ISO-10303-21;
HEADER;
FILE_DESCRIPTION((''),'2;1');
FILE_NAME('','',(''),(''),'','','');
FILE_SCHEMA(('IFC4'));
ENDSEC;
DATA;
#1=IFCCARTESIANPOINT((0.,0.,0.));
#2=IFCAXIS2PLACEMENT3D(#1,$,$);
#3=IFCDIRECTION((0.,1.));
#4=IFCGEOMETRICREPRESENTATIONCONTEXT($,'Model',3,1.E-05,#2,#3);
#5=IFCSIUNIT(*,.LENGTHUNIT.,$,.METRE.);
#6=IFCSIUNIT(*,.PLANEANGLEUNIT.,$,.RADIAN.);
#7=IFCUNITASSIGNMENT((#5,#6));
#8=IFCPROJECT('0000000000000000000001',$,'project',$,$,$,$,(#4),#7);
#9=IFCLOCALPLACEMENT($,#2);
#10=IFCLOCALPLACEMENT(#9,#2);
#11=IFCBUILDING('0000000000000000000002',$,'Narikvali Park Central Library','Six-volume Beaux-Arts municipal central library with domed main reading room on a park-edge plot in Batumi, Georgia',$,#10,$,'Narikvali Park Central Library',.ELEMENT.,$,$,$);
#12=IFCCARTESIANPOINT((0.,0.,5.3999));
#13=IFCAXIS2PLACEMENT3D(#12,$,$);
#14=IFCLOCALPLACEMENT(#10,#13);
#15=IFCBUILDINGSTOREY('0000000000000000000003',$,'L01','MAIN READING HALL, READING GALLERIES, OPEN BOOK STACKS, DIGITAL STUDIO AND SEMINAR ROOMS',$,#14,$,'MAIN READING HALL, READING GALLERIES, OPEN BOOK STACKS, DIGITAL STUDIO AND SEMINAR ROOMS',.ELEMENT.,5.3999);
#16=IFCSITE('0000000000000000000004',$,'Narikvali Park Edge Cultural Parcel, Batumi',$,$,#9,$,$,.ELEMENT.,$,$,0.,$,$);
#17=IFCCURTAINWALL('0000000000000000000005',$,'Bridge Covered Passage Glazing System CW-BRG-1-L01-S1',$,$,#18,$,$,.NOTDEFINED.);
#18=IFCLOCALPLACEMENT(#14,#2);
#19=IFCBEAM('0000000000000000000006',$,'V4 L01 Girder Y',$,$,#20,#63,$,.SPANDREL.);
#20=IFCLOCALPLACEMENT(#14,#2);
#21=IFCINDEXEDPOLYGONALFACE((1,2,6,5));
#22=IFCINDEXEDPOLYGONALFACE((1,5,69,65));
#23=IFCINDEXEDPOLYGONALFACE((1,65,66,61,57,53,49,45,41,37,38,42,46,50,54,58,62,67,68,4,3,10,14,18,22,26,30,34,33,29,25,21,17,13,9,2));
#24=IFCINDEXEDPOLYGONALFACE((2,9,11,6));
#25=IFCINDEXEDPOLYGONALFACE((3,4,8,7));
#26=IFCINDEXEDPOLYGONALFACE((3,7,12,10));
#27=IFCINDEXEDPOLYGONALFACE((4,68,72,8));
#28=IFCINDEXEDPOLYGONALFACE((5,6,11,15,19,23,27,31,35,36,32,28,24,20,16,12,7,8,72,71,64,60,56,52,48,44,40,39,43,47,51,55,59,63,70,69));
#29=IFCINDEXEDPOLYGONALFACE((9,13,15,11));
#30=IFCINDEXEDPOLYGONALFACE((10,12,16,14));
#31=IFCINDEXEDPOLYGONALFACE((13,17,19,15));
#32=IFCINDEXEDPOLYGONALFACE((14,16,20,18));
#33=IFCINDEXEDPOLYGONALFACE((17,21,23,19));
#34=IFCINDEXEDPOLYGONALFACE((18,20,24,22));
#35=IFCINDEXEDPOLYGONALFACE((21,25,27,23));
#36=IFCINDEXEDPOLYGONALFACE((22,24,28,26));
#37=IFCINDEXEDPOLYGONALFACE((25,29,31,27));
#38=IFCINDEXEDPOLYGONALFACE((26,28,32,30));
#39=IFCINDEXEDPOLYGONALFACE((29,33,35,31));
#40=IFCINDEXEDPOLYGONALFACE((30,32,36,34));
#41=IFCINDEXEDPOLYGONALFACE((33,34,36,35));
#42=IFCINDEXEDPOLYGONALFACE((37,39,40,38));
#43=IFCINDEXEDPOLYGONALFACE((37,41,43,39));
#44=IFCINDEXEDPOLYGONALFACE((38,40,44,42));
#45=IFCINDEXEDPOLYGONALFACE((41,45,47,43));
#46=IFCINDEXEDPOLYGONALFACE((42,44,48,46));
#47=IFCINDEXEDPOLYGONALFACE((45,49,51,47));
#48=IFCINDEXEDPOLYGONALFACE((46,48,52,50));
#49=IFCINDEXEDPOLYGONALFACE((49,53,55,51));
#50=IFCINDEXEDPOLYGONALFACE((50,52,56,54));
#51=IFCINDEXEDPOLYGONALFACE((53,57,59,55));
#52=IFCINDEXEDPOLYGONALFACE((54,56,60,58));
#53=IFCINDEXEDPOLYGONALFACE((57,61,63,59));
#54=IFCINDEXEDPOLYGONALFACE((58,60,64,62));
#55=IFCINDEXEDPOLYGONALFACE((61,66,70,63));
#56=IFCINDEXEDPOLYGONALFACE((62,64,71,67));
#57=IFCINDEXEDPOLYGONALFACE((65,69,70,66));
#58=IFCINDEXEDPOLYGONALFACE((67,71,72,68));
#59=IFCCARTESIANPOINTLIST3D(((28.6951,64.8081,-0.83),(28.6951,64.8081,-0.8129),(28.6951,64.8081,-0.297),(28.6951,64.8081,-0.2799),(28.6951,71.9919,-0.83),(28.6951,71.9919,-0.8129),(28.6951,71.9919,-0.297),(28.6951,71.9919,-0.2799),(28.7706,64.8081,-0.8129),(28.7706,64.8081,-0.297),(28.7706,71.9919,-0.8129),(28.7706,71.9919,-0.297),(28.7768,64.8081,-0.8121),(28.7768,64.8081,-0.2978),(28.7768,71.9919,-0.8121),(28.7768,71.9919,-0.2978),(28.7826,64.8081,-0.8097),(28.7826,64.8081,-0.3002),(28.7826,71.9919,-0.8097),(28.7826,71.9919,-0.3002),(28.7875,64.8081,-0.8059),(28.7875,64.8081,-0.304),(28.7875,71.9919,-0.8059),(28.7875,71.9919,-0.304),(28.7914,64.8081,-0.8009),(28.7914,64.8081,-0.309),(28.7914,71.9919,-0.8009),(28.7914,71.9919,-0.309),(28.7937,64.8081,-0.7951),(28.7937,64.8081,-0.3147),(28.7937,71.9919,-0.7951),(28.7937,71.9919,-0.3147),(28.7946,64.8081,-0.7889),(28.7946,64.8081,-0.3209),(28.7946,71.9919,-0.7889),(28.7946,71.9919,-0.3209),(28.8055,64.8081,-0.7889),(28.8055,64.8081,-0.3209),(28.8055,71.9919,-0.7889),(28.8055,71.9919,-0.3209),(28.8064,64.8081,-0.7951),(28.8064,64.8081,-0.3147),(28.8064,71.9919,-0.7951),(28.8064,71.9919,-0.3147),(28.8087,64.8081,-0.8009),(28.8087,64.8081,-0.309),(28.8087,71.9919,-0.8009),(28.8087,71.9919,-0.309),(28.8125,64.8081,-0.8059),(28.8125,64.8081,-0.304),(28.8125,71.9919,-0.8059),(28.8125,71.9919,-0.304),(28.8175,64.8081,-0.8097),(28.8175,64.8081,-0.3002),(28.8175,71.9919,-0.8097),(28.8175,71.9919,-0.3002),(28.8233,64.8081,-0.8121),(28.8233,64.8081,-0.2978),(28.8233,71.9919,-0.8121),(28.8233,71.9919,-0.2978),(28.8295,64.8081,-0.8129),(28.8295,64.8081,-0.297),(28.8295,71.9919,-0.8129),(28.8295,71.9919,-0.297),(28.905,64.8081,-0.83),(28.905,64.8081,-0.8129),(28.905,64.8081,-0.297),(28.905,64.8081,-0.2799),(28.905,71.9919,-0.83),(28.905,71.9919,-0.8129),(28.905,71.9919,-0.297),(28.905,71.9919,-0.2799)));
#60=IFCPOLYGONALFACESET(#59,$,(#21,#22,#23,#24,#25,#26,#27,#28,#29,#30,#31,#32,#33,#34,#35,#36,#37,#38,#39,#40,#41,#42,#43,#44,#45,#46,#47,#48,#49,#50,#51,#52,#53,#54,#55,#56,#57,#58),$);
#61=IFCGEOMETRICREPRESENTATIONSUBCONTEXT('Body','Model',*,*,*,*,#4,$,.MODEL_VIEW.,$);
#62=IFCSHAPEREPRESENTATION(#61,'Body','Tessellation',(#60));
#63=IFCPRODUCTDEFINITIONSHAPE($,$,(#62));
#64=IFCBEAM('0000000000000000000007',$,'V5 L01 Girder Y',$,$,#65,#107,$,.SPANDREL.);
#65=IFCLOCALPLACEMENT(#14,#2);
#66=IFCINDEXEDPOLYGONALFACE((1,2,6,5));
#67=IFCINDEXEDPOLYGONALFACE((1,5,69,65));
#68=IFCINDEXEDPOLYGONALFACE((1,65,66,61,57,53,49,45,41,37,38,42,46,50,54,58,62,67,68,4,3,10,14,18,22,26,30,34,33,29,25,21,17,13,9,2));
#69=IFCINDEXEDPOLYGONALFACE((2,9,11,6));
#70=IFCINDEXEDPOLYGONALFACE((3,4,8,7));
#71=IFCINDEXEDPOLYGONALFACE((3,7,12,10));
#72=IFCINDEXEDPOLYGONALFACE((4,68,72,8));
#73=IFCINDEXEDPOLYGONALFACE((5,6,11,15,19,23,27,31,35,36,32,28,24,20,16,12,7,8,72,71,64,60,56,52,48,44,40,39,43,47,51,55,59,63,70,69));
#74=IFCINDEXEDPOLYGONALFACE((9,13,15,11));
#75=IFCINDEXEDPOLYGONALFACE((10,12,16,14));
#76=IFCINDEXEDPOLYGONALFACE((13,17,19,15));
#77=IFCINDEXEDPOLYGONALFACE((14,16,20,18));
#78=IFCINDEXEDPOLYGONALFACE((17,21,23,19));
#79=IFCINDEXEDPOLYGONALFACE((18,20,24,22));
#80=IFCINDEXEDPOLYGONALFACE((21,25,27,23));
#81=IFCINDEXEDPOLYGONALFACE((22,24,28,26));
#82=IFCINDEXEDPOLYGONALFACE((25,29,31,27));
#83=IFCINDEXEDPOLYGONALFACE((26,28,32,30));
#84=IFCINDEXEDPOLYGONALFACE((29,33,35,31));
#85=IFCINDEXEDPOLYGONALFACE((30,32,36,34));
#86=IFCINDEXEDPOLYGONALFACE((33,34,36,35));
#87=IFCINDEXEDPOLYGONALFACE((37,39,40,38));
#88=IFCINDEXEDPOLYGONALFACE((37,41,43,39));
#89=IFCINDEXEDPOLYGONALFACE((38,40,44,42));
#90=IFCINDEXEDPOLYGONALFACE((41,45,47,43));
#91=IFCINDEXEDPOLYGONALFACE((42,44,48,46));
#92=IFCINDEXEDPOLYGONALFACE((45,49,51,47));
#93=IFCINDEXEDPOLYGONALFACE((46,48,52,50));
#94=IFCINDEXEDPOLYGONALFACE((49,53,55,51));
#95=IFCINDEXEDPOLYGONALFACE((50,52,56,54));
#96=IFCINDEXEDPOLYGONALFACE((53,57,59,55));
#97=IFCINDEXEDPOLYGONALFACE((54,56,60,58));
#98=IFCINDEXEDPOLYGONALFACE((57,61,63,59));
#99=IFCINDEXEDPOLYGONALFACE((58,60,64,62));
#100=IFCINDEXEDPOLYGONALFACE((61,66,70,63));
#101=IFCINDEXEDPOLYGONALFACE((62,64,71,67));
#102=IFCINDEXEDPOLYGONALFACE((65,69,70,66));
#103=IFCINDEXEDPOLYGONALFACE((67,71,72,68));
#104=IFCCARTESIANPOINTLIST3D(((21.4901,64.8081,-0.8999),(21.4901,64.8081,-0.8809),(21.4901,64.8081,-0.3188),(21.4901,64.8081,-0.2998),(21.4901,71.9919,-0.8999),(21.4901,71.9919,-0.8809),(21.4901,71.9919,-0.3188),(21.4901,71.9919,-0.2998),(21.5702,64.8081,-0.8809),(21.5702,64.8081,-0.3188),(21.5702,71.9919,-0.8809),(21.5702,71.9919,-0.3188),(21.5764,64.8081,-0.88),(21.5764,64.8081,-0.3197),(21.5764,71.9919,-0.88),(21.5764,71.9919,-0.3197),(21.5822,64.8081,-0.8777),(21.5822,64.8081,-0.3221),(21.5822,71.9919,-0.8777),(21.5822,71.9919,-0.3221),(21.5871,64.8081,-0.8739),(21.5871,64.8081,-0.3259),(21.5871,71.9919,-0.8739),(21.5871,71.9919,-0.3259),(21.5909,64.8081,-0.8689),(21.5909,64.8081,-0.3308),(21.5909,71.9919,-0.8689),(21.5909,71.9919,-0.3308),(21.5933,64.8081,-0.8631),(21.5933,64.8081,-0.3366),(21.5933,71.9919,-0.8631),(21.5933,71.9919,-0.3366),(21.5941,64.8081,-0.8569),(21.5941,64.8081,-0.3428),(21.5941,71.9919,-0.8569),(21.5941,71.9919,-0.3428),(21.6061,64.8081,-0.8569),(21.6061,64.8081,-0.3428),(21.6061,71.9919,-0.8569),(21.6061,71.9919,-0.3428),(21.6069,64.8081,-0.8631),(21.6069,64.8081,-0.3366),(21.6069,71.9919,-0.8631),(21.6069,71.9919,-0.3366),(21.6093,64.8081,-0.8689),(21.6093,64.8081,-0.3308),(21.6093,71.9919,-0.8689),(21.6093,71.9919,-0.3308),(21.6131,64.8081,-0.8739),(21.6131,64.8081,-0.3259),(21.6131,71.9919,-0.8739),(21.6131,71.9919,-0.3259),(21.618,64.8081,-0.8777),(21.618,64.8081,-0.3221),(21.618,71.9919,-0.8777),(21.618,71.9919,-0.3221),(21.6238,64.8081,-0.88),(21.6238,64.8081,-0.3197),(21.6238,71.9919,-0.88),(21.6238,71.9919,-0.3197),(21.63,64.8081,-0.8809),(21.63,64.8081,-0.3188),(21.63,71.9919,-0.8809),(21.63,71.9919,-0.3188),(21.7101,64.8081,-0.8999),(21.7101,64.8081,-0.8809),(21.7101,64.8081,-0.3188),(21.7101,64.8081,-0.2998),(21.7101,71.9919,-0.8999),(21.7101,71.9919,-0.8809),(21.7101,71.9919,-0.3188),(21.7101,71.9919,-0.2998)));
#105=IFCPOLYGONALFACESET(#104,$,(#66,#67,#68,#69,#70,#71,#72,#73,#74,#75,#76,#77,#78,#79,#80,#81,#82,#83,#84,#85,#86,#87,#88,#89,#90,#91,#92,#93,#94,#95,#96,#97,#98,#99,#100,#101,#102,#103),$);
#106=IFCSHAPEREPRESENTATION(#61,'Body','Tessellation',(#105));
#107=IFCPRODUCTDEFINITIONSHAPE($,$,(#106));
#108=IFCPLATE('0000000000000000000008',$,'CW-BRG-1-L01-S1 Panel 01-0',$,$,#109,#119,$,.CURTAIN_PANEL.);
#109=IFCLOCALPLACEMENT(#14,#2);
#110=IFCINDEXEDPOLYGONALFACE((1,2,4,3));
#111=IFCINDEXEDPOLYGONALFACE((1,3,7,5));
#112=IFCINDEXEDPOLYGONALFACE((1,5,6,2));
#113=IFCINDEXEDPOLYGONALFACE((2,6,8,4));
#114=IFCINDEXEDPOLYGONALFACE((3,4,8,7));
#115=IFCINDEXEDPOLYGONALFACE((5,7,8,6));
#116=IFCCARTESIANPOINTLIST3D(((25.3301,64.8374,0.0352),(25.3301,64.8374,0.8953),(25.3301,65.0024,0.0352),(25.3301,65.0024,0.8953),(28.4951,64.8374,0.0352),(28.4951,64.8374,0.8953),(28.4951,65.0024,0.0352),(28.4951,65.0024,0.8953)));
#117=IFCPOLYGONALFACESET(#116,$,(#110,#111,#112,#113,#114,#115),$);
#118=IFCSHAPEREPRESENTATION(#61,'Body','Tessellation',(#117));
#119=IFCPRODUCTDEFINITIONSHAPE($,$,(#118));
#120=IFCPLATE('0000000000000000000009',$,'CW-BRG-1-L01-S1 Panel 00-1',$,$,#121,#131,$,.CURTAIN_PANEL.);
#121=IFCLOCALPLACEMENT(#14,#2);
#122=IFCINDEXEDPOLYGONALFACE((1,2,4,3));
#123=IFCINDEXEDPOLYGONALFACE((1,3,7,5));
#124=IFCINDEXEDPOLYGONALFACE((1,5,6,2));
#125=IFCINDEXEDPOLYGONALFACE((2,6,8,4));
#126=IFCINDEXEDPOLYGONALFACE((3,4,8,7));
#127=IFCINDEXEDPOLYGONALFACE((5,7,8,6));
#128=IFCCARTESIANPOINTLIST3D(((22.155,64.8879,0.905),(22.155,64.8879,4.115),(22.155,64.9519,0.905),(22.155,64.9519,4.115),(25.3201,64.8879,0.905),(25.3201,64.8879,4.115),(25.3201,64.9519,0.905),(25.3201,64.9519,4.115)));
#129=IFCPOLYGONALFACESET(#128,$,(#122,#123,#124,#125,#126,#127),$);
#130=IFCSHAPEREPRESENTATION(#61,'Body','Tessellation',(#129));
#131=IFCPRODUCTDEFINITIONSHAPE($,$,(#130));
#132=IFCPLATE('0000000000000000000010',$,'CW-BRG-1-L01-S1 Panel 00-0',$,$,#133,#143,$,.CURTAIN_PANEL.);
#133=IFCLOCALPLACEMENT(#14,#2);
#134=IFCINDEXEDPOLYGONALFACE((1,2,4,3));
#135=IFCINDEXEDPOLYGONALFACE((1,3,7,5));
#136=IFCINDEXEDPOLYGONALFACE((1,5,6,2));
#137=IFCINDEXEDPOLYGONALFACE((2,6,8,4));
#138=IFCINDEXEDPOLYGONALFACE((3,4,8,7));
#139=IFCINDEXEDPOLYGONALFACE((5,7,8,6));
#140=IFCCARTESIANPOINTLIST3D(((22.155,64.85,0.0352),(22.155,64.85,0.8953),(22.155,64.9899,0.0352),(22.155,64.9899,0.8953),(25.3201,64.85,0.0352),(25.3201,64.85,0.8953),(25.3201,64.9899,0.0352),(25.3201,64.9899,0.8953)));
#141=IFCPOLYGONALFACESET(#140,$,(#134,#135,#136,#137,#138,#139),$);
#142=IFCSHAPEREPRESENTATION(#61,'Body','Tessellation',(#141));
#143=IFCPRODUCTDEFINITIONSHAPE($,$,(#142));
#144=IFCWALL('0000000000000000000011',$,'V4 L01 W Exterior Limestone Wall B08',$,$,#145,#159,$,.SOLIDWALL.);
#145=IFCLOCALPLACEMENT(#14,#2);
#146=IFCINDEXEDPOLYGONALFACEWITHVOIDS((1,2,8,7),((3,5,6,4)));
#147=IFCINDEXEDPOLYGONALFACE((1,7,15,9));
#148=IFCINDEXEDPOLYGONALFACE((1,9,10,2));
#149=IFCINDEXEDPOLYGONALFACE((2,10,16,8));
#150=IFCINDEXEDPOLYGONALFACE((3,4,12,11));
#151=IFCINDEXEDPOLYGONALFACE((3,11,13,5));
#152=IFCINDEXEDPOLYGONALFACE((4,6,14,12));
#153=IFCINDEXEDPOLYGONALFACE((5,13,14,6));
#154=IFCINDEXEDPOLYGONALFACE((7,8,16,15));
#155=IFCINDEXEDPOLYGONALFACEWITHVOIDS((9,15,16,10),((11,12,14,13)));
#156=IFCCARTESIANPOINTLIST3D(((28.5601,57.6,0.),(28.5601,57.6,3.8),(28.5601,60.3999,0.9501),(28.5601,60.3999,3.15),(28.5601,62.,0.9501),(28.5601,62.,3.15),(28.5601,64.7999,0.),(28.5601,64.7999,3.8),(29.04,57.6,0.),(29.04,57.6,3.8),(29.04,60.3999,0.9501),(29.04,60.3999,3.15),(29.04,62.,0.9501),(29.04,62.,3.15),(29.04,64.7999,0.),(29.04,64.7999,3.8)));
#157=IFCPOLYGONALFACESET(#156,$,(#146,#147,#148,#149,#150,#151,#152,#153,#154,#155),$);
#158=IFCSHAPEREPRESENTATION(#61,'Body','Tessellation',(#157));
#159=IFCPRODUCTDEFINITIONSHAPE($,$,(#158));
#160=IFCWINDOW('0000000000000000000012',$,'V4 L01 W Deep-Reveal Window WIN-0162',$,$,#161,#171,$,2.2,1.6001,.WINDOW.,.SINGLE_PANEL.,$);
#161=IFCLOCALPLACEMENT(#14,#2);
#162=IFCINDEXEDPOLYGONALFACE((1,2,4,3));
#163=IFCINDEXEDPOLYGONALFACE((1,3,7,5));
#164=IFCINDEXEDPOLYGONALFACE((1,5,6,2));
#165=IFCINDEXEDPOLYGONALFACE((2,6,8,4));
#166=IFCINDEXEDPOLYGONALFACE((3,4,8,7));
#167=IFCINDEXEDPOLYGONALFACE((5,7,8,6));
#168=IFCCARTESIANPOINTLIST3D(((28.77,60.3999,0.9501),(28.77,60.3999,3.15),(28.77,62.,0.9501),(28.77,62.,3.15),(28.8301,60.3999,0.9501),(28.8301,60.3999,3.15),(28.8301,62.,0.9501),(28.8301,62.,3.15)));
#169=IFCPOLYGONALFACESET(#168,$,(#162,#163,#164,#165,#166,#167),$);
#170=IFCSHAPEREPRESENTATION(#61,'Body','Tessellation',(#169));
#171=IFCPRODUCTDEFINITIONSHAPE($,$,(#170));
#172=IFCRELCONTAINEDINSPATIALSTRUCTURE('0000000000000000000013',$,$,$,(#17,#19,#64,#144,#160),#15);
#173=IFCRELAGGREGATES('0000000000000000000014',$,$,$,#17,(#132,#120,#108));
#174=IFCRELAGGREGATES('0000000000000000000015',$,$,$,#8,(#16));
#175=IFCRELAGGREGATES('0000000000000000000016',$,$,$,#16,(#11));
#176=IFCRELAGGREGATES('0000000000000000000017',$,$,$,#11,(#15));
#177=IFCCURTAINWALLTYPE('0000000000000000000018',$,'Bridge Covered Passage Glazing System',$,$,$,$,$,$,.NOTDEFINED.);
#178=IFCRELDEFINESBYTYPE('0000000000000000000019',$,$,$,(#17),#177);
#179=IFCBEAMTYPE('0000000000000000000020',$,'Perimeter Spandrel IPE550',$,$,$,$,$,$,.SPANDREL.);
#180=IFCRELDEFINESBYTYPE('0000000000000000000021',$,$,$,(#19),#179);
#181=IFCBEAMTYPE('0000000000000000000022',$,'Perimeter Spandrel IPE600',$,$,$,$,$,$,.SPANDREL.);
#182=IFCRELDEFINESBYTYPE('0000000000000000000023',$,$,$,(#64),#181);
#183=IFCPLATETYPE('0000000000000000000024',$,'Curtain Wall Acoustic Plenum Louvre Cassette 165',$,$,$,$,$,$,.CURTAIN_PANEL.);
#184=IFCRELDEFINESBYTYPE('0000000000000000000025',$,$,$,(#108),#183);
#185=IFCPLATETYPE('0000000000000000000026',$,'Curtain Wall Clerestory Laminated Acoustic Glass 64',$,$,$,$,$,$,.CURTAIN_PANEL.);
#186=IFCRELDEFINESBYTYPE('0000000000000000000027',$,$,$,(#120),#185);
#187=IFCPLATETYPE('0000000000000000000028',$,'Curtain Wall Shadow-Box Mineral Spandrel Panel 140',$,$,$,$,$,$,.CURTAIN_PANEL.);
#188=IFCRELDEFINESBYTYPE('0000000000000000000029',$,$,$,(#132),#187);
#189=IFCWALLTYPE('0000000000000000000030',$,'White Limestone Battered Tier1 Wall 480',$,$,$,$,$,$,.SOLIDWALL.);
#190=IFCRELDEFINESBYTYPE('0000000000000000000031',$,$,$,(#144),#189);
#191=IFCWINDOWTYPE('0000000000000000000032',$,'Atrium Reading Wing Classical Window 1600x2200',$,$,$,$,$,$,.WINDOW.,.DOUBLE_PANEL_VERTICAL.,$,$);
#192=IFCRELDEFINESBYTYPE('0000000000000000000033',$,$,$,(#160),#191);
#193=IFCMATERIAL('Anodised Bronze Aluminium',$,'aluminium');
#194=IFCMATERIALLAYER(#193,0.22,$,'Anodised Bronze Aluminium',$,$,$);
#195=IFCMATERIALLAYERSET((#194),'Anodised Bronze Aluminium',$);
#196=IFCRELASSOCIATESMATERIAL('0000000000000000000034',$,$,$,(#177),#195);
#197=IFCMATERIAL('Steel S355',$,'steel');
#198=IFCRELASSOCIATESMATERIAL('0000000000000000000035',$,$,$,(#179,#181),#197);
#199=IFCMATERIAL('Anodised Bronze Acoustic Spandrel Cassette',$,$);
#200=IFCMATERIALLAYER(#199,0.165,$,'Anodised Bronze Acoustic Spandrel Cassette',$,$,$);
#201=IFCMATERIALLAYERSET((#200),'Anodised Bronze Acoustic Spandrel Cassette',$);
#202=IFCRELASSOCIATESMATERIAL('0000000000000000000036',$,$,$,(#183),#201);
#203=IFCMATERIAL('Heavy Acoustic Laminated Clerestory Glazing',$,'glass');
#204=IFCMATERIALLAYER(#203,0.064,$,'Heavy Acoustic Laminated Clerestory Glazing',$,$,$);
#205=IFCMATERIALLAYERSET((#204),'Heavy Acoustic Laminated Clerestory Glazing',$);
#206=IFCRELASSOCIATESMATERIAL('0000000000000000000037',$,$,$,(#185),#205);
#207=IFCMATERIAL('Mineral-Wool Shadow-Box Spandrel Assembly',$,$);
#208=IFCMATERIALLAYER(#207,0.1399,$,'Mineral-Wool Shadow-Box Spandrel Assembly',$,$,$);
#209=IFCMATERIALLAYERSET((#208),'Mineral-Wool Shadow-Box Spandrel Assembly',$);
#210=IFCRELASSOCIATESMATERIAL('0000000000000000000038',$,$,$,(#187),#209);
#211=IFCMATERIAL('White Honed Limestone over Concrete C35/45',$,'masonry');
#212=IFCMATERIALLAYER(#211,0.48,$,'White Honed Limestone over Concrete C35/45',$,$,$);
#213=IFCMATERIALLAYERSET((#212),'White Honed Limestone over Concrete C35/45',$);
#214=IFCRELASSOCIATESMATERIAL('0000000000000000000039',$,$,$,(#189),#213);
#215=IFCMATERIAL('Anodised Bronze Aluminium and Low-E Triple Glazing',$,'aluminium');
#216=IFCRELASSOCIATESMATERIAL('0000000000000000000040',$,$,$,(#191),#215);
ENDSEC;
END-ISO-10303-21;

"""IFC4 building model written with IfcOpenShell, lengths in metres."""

from ifc_helpers import new_model, si_unit, direction, frame, frame_2d, origin, origin_2d, place, context, subcontext, project, spatial, rectangle, i_section, extrude, material, layer, layer_set, material_profile, profile_set, type_object, element, fill, aggregate, save


model = new_model("IFC4")

# Units and contexts
model_context = context("Model", 3, precision=1e-05, world=origin(), true_north=direction((0.0, 1.0)))
body_context = subcontext(model_context, "Body", "Model", "MODEL_VIEW")
ifc_project = project(units=[si_unit("LENGTHUNIT", "METRE"), si_unit("PLANEANGLEUNIT", "RADIAN")], contexts=[model_context])

# Site, building, storey
site_placement = place(None, origin())
site = spatial("IfcSite", under=ifc_project, at=site_placement, Name="Narikvali Park Edge Cultural Parcel, Batumi", CompositionType="ELEMENT", RefElevation=0.0)
building_placement = place(site_placement, origin())
building = spatial("IfcBuilding", under=site, at=building_placement, Name="Narikvali Park Central Library", Description="Six-volume Beaux-Arts municipal central library with domed main reading room on a park-edge plot in Batumi, Georgia", LongName="Narikvali Park Central Library", CompositionType="ELEMENT")
storey_placement = place(building_placement, frame((0.0, 0.0, 5.3999)))
storey = spatial("IfcBuildingStorey", under=building, at=storey_placement, Name="L01", Description="MAIN READING HALL, READING GALLERIES, OPEN BOOK STACKS, DIGITAL STUDIO AND SEMINAR ROOMS", LongName="MAIN READING HALL, READING GALLERIES, OPEN BOOK STACKS, DIGITAL STUDIO AND SEMINAR ROOMS", CompositionType="ELEMENT", Elevation=5.3999)

# Shared definitions
ifc_material_1 = material(Name="Steel S355", Category="steel")

# Curtain wall
ifc_material_2 = material(Name="Anodised Bronze Aluminium", Category="aluminium")
ifc_layer_1 = layer(ifc_material_2, 0.22, Name="Anodised Bronze Aluminium")
ifc_layer_set_1 = layer_set([ifc_layer_1], Name="Anodised Bronze Aluminium")
curtain_wall_type = type_object("IfcCurtainWallType", Name="Bridge Covered Passage Glazing System", PredefinedType="NOTDEFINED", material=ifc_layer_set_1)
curtain_wall_placement = place(storey_placement, origin())
curtain_wall = element("IfcCurtainWall", 1, at=curtain_wall_placement, inside=storey, type_object=curtain_wall_type, Name="Bridge Covered Passage Glazing System CW-BRG-1-L01-S1", PredefinedType="NOTDEFINED")

# Beams
ifc_material_profile_1 = material_profile(ifc_material_1, i_section(OverallWidth=0.21, OverallDepth=0.55, WebThickness=0.011, FlangeThickness=0.0171, FilletRadius=0.0239, at=origin_2d()), Name="IPE 550")
ifc_profile_set_1 = profile_set([ifc_material_profile_1], Name="Steel S355")
beam_type_1 = type_object("IfcBeamType", Name="Perimeter Spandrel IPE550", PredefinedType="SPANDREL", material=ifc_profile_set_1)
beam_1_placement = place(storey_placement, frame((28.8, 64.8081, -0.5549), z_axis=(0.0, 1.0, 0.0), x_axis=(-1.0, 0.0, 0.0)))
element("IfcBeam", 2, at=beam_1_placement, inside=storey, type_object=beam_type_1, Name="V4 L01 Girder Y", PredefinedType="SPANDREL", context=body_context, shape_type="SweptSolid", body=[
    extrude(i_section(OverallWidth=0.21, OverallDepth=0.55, WebThickness=0.011, FlangeThickness=0.0171, FilletRadius=0.0239, at=origin_2d()), origin(), (0.0, 0.0, 1.0), 7.1838),
])
ifc_material_profile_2 = material_profile(ifc_material_1, i_section(OverallWidth=0.22, OverallDepth=0.6001, WebThickness=0.012, FlangeThickness=0.019, FilletRadius=0.0239, at=origin_2d()), Name="IPE 600")
ifc_profile_set_2 = profile_set([ifc_material_profile_2], Name="Steel S355")
beam_type_2 = type_object("IfcBeamType", Name="Perimeter Spandrel IPE600", PredefinedType="SPANDREL", material=ifc_profile_set_2)
beam_2_placement = place(storey_placement, frame((21.6001, 64.8081, -0.5999), z_axis=(0.0, 1.0, 0.0), x_axis=(-1.0, 0.0, 0.0)))
element("IfcBeam", 3, at=beam_2_placement, inside=storey, type_object=beam_type_2, Name="V5 L01 Girder Y", PredefinedType="SPANDREL", context=body_context, shape_type="SweptSolid", body=[
    extrude(i_section(OverallWidth=0.22, OverallDepth=0.6001, WebThickness=0.012, FlangeThickness=0.019, FilletRadius=0.0239, at=origin_2d()), origin(), (0.0, 0.0, 1.0), 7.1838),
])

# Plates
ifc_material_3 = material(Name="Anodised Bronze Acoustic Spandrel Cassette")
ifc_layer_2 = layer(ifc_material_3, 0.165, Name="Anodised Bronze Acoustic Spandrel Cassette")
ifc_layer_set_2 = layer_set([ifc_layer_2], Name="Anodised Bronze Acoustic Spandrel Cassette")
plate_type_1 = type_object("IfcPlateType", Name="Curtain Wall Acoustic Plenum Louvre Cassette 165", PredefinedType="CURTAIN_PANEL", material=ifc_layer_set_2)
plate_1_placement = place(storey_placement, frame((26.9126, 64.9199, 0.0352), z_axis=(0.0, 0.0, 1.0), x_axis=(1.0, 0.0, 0.0)))
plate_1 = element("IfcPlate", 4, at=plate_1_placement, type_object=plate_type_1, Name="CW-BRG-1-L01-S1 Panel 01-0", PredefinedType="CURTAIN_PANEL", context=body_context, shape_type="SweptSolid", body=[
    extrude(rectangle(XDim=3.165, YDim=0.165, at=origin_2d()), origin(), (0.0, 0.0, 1.0), 0.8601),
])
ifc_material_4 = material(Name="Heavy Acoustic Laminated Clerestory Glazing", Category="glass")
ifc_layer_3 = layer(ifc_material_4, 0.064, Name="Heavy Acoustic Laminated Clerestory Glazing")
ifc_layer_set_3 = layer_set([ifc_layer_3], Name="Heavy Acoustic Laminated Clerestory Glazing")
plate_type_2 = type_object("IfcPlateType", Name="Curtain Wall Clerestory Laminated Acoustic Glass 64", PredefinedType="CURTAIN_PANEL", material=ifc_layer_set_3)
plate_2_placement = place(storey_placement, frame((23.7375, 64.9199, 0.905), z_axis=(0.0, 0.0, 1.0), x_axis=(1.0, 0.0, 0.0)))
plate_2 = element("IfcPlate", 5, at=plate_2_placement, type_object=plate_type_2, Name="CW-BRG-1-L01-S1 Panel 00-1", PredefinedType="CURTAIN_PANEL", context=body_context, shape_type="SweptSolid", body=[
    extrude(rectangle(XDim=3.165, YDim=0.064, at=origin_2d()), origin(), (0.0, 0.0, 1.0), 3.21),
])
ifc_material_5 = material(Name="Mineral-Wool Shadow-Box Spandrel Assembly")
ifc_layer_4 = layer(ifc_material_5, 0.1399, Name="Mineral-Wool Shadow-Box Spandrel Assembly")
ifc_layer_set_4 = layer_set([ifc_layer_4], Name="Mineral-Wool Shadow-Box Spandrel Assembly")
plate_type_3 = type_object("IfcPlateType", Name="Curtain Wall Shadow-Box Mineral Spandrel Panel 140", PredefinedType="CURTAIN_PANEL", material=ifc_layer_set_4)
plate_3_placement = place(storey_placement, frame((23.7375, 64.9199, 0.0352), z_axis=(0.0, 0.0, 1.0), x_axis=(1.0, 0.0, 0.0)))
plate_3 = element("IfcPlate", 6, at=plate_3_placement, type_object=plate_type_3, Name="CW-BRG-1-L01-S1 Panel 00-0", PredefinedType="CURTAIN_PANEL", context=body_context, shape_type="SweptSolid", body=[
    extrude(rectangle(XDim=3.165, YDim=0.1399, at=origin_2d()), origin(), (0.0, 0.0, 1.0), 0.8601),
])
aggregate(curtain_wall, [plate_3, plate_2, plate_1])

# Wall, opening, window
ifc_material_6 = material(Name="White Honed Limestone over Concrete C35/45", Category="masonry")
ifc_layer_5 = layer(ifc_material_6, 0.48, Name="White Honed Limestone over Concrete C35/45")
ifc_layer_set_5 = layer_set([ifc_layer_5], Name="White Honed Limestone over Concrete C35/45")
wall_type = type_object("IfcWallType", Name="White Limestone Battered Tier1 Wall 480", PredefinedType="SOLIDWALL", material=ifc_layer_set_5)
wall_1_placement = place(storey_placement, frame((28.8, 64.8, 0.0), z_axis=(0.0, 0.0, 1.0), x_axis=(0.0, -1.0, 0.0)))
wall_1 = element("IfcWall", 7, at=wall_1_placement, inside=storey, type_object=wall_type, Name="V4 L01 W Exterior Limestone Wall B08", PredefinedType="SOLIDWALL", context=body_context, shape_type="SweptSolid", body=[
    extrude(rectangle(XDim=7.2, YDim=0.48, at=frame_2d((3.6001, 0.0))), origin(), (0.0, 0.0, 1.0), 3.8),
])
opening_1_placement = place(wall_1_placement, frame((2.8, 0.0, 0.95)))
opening_1 = element("IfcOpeningElement", 8, at=opening_1_placement, cuts=wall_1, PredefinedType="OPENING", context=body_context, shape_type="SweptSolid", body=[
    extrude(rectangle(XDim=1.6001, YDim=2.2, at=frame_2d((0.8, 1.1001))), frame((0.0, 0.252, 0.0), z_axis=(0.0, -1.0, 0.0), x_axis=(1.0, 0.0, 0.0)), (0.0, 0.0, 1.0), 0.5039),
])
ifc_material_7 = material(Name="Anodised Bronze Aluminium and Low-E Triple Glazing", Category="aluminium")
window_type = type_object("IfcWindowType", Name="Atrium Reading Wing Classical Window 1600x2200", PartitioningType="DOUBLE_PANEL_VERTICAL", PredefinedType="WINDOW", material=ifc_material_7)
window_placement = place(opening_1_placement, origin())
window = element("IfcWindow", 9, at=window_placement, inside=storey, type_object=window_type, Name="V4 L01 W Deep-Reveal Window WIN-0162", OverallHeight=2.2, OverallWidth=1.6001, PartitioningType="SINGLE_PANEL", PredefinedType="WINDOW", context=body_context, shape_type="SweptSolid", body=[
    extrude(rectangle(XDim=1.6001, YDim=2.2, at=frame_2d((0.8, 1.1001))), frame((0.0, 0.03, 0.0), z_axis=(0.0, -1.0, 0.0), x_axis=(1.0, 0.0, 0.0)), (0.0, 0.0, 1.0), 0.0601),
])
fill(opening_1, window)

save(model, "model.ifc")
